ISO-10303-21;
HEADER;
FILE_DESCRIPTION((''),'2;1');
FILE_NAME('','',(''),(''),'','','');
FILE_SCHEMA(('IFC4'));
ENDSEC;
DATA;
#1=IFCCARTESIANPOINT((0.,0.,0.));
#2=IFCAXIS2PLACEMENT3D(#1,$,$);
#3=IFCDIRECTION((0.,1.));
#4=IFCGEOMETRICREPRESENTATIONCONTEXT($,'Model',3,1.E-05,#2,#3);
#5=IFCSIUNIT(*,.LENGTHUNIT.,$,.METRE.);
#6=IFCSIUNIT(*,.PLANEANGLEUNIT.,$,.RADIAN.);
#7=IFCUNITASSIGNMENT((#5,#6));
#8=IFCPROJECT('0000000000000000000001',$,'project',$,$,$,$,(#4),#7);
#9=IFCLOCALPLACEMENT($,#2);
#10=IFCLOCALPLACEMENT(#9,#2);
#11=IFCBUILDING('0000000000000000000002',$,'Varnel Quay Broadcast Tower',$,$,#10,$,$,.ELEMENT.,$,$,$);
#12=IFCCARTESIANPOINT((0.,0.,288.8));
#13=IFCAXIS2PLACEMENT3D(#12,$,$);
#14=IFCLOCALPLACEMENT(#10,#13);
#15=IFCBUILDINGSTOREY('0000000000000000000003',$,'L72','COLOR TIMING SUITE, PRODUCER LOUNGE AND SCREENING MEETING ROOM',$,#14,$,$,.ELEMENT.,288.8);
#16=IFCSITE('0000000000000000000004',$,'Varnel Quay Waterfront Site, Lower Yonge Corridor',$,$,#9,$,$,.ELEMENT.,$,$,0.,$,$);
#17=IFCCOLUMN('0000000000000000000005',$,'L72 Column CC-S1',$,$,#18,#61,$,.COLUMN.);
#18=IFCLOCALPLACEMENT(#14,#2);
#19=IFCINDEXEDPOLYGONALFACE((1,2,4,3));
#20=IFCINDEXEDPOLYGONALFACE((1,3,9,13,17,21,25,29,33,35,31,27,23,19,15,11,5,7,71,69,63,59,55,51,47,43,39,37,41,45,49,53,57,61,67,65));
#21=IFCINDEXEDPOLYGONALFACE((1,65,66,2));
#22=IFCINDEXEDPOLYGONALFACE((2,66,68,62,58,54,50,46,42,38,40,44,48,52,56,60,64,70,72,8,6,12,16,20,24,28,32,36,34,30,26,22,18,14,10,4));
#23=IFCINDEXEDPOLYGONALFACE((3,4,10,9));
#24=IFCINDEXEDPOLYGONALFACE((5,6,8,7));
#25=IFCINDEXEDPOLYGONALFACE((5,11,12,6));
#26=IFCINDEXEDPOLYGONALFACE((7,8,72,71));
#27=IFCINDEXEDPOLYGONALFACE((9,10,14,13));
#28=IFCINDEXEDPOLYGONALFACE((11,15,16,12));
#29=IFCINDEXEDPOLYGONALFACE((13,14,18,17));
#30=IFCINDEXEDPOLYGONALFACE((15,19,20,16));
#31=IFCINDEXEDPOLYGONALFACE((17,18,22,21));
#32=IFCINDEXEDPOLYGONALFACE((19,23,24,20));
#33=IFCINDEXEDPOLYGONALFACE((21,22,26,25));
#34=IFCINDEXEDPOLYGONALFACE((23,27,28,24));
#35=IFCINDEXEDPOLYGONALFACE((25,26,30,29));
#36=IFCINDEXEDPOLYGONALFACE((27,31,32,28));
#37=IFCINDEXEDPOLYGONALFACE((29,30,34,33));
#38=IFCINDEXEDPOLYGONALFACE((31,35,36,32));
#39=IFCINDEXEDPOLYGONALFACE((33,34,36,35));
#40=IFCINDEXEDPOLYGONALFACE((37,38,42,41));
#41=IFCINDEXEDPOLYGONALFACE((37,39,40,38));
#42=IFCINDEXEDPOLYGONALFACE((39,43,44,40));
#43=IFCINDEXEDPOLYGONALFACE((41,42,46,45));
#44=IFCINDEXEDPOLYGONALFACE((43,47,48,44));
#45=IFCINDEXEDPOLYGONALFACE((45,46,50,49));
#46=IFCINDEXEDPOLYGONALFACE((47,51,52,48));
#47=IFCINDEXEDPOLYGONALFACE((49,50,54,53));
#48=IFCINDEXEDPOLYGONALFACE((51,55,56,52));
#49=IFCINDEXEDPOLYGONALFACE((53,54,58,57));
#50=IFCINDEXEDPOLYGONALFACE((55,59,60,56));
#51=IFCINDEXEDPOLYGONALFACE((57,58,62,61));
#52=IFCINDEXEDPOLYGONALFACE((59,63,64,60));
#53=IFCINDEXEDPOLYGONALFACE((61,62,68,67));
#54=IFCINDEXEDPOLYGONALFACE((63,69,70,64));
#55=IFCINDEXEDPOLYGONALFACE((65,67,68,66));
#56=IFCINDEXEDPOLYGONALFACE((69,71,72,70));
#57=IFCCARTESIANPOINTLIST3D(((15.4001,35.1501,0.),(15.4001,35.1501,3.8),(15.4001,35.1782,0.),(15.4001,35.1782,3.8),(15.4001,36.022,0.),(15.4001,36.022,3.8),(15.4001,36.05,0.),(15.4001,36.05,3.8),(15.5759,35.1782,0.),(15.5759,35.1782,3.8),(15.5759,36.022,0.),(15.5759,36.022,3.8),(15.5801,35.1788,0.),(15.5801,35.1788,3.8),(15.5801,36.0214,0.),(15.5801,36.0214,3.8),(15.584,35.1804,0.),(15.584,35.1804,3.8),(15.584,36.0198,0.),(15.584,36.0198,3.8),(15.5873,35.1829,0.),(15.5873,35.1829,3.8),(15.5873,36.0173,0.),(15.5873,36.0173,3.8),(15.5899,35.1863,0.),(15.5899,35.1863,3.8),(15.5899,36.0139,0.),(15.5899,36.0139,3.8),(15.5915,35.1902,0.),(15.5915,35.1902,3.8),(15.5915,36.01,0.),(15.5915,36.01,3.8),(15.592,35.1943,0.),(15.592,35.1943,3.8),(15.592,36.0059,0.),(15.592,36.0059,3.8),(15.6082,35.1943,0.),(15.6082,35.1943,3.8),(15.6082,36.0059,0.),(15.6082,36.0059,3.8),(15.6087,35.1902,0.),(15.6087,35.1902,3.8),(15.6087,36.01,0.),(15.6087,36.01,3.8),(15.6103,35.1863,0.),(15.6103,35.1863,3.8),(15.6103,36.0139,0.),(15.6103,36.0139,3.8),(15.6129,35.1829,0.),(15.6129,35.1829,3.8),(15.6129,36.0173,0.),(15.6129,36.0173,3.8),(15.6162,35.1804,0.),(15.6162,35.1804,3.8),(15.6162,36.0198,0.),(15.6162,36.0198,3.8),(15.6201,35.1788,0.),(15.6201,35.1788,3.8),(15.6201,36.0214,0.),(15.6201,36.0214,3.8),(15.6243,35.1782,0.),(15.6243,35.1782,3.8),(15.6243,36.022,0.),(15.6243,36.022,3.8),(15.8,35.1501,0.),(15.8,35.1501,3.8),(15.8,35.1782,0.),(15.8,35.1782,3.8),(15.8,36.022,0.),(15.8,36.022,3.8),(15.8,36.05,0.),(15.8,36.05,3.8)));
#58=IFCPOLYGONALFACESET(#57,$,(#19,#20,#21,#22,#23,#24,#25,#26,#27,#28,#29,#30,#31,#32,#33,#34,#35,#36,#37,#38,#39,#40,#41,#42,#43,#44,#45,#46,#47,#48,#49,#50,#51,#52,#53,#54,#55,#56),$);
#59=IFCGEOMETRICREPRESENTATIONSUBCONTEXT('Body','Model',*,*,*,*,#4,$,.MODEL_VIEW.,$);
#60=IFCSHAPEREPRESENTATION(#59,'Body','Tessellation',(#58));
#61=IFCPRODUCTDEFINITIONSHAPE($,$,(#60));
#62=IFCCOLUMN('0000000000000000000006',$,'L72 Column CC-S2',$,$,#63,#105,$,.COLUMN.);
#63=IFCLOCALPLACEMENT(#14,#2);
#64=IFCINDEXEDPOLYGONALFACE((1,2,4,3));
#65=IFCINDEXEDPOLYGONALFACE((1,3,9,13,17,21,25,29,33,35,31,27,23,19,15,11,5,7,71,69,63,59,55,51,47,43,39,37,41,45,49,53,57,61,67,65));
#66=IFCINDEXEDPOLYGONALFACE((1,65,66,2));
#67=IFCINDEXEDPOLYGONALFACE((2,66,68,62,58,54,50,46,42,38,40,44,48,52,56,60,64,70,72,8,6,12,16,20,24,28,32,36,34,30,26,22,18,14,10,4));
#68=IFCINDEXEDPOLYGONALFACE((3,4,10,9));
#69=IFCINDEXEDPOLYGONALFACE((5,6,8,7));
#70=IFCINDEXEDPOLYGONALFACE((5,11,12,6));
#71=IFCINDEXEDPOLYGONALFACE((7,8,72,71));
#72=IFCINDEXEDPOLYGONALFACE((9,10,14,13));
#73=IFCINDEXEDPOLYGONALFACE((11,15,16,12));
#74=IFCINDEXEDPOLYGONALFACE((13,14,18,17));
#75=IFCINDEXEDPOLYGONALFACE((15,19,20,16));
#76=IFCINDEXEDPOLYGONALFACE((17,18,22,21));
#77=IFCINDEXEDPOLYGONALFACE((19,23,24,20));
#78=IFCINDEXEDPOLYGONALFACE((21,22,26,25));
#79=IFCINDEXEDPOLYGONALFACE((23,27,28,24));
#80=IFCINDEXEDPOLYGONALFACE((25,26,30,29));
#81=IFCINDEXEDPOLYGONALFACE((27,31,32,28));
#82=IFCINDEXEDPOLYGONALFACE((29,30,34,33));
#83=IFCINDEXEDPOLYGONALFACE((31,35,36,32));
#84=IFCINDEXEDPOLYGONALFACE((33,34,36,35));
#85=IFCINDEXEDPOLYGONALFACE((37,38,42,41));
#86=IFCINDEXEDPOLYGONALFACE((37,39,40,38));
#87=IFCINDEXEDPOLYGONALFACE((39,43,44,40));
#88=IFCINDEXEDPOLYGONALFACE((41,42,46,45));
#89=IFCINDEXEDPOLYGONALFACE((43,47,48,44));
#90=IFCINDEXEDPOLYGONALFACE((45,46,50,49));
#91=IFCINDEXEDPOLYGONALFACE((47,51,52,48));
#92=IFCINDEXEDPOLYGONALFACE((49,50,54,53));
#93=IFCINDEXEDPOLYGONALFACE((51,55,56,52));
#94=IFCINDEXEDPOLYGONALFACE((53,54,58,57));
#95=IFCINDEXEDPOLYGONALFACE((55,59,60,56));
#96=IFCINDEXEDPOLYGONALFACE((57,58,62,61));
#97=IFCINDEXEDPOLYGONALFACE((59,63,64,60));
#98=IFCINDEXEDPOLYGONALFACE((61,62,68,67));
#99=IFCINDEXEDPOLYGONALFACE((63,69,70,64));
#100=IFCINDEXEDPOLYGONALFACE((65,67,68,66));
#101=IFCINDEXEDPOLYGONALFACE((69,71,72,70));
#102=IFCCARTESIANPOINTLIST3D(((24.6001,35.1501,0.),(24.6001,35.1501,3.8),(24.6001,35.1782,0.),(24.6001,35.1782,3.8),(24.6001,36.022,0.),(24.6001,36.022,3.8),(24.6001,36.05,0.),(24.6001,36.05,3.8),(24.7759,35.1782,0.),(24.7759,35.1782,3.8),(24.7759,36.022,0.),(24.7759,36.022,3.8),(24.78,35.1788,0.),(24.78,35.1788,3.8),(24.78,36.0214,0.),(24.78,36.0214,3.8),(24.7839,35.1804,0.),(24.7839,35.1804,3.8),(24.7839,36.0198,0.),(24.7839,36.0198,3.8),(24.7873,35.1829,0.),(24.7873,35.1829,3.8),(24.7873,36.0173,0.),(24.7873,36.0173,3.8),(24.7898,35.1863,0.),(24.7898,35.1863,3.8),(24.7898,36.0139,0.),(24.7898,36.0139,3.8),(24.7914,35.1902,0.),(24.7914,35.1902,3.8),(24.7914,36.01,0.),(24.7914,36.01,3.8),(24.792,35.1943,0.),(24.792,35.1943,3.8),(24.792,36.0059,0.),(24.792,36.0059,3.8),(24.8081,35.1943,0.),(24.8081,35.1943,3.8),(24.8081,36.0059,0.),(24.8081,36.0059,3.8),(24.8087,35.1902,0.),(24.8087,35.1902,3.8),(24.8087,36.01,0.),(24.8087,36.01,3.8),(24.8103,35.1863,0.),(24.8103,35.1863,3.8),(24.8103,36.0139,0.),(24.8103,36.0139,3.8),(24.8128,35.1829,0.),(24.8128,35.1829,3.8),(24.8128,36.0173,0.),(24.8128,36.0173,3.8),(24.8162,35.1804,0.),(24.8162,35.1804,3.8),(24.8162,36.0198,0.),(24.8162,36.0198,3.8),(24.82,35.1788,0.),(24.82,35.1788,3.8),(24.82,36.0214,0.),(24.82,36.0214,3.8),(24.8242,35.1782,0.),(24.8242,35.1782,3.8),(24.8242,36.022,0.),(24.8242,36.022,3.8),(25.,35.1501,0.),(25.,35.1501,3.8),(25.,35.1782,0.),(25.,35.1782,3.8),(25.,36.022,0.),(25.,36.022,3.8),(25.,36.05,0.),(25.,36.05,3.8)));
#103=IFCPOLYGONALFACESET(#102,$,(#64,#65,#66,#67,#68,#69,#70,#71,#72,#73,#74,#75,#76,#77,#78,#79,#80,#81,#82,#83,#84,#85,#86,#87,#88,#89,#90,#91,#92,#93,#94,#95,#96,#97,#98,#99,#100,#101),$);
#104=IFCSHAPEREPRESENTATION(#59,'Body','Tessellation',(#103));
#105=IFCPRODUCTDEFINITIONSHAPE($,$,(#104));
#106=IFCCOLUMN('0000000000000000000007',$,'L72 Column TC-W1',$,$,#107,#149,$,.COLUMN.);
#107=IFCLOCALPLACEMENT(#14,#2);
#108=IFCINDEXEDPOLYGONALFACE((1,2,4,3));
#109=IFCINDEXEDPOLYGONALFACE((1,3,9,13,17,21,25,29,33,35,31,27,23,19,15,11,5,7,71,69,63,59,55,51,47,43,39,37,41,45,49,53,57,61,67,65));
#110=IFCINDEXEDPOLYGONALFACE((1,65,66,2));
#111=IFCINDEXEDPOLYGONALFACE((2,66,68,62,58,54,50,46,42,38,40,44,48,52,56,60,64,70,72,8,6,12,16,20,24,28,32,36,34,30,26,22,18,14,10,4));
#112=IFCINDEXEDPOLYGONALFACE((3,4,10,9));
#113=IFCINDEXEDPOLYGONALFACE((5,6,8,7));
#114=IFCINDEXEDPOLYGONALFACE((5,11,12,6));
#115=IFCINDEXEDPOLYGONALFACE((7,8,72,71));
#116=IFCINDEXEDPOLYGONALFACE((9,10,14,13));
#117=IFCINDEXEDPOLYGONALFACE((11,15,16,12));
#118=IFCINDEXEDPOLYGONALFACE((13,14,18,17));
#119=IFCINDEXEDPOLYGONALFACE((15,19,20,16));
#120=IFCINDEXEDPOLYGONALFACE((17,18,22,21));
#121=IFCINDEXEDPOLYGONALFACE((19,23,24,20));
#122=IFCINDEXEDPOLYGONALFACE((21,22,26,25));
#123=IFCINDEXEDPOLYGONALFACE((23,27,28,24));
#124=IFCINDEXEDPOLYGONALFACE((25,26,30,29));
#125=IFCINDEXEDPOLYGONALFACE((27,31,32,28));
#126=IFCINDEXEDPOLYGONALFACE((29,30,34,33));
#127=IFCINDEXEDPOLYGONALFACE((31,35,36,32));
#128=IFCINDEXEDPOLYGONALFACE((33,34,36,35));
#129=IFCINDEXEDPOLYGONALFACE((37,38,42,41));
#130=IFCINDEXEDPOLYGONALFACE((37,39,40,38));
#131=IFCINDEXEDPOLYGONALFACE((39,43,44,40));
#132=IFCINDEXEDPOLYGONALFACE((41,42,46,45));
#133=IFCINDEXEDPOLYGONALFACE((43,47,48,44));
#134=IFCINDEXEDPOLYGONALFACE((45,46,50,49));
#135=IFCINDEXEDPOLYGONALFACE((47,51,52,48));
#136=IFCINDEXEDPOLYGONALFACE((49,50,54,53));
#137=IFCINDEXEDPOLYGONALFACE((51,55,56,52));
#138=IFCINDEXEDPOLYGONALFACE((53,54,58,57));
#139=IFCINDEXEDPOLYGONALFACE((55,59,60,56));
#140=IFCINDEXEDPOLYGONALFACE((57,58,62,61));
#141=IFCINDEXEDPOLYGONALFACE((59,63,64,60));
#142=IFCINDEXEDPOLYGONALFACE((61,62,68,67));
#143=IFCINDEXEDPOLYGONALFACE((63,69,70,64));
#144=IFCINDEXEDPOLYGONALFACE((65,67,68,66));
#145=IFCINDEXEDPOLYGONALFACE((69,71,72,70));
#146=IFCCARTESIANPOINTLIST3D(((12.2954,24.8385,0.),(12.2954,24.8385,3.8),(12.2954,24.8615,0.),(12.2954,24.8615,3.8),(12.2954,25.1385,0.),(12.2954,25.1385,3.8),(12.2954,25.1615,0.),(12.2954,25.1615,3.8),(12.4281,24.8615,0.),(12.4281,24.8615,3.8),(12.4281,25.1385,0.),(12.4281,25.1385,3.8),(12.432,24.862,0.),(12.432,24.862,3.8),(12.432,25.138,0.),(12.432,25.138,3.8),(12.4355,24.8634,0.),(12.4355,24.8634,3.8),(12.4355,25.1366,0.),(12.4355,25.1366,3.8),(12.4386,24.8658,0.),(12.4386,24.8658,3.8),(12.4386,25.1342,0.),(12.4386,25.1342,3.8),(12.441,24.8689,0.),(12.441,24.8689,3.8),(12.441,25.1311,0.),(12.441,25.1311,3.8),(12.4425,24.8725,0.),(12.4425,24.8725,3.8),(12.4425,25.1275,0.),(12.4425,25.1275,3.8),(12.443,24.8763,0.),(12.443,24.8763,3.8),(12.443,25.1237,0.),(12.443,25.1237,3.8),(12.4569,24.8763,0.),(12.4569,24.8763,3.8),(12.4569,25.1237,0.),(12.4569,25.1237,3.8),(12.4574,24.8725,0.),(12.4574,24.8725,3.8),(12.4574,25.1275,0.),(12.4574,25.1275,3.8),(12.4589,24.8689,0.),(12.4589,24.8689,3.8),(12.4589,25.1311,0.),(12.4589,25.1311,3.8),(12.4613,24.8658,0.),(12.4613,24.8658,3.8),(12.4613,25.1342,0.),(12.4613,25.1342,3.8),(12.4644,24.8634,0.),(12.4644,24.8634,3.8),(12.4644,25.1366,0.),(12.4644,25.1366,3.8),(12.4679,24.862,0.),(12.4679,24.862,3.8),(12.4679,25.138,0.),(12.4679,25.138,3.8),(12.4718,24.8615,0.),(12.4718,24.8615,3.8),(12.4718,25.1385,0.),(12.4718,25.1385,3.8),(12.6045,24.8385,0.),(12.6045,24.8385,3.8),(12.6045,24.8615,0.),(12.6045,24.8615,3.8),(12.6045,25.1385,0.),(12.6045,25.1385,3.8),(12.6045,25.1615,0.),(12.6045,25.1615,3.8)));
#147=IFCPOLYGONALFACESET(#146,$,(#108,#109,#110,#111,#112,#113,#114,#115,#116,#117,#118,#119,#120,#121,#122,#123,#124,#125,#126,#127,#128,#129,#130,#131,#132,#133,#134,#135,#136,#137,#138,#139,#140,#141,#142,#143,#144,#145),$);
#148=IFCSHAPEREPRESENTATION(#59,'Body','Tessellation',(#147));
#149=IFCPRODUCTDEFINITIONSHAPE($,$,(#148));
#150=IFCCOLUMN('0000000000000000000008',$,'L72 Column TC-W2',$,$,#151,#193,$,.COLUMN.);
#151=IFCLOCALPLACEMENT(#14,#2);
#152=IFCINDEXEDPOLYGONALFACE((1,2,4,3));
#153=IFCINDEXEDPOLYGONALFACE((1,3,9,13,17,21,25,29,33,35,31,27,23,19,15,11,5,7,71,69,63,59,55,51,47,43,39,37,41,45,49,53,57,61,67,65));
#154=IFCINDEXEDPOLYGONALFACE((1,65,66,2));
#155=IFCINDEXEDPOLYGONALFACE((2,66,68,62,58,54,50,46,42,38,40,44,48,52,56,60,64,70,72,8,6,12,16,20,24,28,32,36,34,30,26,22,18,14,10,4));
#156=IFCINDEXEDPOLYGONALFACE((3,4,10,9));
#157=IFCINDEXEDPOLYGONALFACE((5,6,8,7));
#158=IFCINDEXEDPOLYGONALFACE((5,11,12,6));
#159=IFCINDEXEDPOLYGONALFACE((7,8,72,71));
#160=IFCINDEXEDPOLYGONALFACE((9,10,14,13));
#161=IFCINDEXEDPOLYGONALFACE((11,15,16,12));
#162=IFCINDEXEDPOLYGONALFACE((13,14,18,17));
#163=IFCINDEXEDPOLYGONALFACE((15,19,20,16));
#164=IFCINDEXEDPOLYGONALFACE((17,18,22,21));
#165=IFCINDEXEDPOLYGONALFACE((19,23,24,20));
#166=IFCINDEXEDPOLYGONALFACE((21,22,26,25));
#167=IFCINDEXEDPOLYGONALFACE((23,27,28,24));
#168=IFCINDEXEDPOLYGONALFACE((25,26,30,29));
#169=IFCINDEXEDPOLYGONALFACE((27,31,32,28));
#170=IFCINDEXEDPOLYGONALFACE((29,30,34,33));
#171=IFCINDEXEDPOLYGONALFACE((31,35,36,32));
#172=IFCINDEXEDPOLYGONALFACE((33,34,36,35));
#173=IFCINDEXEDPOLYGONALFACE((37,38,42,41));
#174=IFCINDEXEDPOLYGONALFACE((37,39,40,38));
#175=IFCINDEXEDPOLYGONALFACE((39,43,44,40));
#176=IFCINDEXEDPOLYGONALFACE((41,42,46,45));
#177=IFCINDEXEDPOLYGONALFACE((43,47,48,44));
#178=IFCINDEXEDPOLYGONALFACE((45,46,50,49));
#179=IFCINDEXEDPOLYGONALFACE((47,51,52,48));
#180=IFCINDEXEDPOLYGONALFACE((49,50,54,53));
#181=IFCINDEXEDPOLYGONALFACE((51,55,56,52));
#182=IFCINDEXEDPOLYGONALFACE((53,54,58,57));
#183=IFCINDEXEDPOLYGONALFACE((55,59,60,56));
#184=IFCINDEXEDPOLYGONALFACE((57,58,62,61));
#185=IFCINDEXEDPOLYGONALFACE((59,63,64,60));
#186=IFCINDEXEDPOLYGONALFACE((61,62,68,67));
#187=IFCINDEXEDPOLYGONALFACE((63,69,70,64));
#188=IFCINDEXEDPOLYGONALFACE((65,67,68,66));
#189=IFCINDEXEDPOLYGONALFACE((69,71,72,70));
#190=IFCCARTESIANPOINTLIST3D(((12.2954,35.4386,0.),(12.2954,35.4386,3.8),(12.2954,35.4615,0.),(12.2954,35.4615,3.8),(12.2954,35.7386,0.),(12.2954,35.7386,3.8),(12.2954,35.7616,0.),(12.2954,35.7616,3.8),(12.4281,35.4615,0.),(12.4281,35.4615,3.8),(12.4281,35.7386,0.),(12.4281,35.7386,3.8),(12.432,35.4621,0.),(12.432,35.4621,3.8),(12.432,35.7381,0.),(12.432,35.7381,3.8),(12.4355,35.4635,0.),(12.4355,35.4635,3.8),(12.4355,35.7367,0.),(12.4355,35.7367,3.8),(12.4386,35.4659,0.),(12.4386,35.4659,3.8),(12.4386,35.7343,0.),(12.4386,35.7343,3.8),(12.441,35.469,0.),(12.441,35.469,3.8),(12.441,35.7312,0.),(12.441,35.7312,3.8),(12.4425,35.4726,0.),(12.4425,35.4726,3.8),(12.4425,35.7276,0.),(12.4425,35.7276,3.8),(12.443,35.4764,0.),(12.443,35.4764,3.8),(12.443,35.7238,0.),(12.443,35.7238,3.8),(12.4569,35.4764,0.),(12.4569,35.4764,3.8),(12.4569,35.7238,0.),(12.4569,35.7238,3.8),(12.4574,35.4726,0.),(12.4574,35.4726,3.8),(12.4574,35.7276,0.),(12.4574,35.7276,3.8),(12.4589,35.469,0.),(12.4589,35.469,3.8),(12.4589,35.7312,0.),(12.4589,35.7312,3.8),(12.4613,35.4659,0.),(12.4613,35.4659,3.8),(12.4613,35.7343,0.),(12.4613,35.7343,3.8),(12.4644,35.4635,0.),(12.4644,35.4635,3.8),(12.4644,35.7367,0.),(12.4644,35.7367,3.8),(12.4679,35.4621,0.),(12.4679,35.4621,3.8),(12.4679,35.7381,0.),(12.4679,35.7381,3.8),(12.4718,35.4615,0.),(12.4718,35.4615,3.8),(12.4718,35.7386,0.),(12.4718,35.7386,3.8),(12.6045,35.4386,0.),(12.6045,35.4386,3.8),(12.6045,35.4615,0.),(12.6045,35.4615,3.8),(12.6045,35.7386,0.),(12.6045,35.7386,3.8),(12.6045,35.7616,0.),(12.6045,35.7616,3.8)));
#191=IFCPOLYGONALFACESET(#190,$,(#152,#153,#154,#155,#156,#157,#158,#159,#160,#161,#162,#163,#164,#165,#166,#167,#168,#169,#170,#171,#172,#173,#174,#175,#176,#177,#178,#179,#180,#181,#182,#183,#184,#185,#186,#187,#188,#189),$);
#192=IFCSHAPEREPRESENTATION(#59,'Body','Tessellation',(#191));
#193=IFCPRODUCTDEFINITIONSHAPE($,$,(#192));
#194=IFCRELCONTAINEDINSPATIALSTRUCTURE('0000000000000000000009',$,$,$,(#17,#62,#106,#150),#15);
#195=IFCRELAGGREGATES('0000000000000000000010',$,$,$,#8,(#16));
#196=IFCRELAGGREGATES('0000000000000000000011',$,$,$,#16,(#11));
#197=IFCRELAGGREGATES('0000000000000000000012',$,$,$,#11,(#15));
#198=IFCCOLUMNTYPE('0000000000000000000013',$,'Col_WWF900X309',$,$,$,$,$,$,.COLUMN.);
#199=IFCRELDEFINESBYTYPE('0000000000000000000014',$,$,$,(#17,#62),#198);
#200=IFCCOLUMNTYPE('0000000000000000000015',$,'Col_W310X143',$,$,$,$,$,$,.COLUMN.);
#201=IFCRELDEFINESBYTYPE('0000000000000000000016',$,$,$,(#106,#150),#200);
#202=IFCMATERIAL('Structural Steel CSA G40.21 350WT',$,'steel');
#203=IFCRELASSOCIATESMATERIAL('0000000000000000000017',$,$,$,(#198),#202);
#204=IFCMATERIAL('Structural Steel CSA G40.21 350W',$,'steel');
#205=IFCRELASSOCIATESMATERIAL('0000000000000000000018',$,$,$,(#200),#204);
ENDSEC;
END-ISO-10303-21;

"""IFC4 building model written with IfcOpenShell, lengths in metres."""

from ifc_helpers import new_model, si_unit, direction, frame, origin, origin_2d, place, context, subcontext, project, spatial, i_section, extrude, source, transform, mapped, material, material_profile, profile_set, type_object, type_shapes, element, save


model = new_model("IFC4")

# Units and contexts
model_context = context("Model", 3, precision=1e-05, world=origin(), true_north=direction((0.0, 1.0)))
body_context = subcontext(model_context, "Body", "Model", "MODEL_VIEW")
ifc_project = project(units=[si_unit("LENGTHUNIT", "METRE"), si_unit("PLANEANGLEUNIT", "RADIAN")], contexts=[model_context])

# Site, building, storey
site_placement = place(None, origin())
site = spatial("IfcSite", under=ifc_project, at=site_placement, Name="Varnel Quay Waterfront Site, Lower Yonge Corridor", CompositionType="ELEMENT", RefElevation=0.0)
building_placement = place(site_placement, origin())
building = spatial("IfcBuilding", under=site, at=building_placement, Name="Varnel Quay Broadcast Tower", CompositionType="ELEMENT")
storey_placement = place(building_placement, frame((0.0, 0.0, 288.8)))
storey = spatial("IfcBuildingStorey", under=building, at=storey_placement, Name="L72", Description="COLOR TIMING SUITE, PRODUCER LOUNGE AND SCREENING MEETING ROOM", CompositionType="ELEMENT", Elevation=288.8)

# Columns
ifc_material_1 = material(Name="Structural Steel CSA G40.21 350WT", Category="steel")
ifc_material_profile_1 = material_profile(ifc_material_1, i_section(OverallWidth=0.3999, OverallDepth=0.8999, WebThickness=0.0161, FlangeThickness=0.0281, FilletRadius=0.0161, at=origin_2d()), Name="WWF900X309")
ifc_profile_set_1 = profile_set([ifc_material_profile_1], Name="Structural Steel CSA G40.21 350WT")
column_type_1 = type_object("IfcColumnType", Name="Col_WWF900X309", PredefinedType="COLUMN", material=ifc_profile_set_1)
shared_shape_1 = source(origin(), body_context, "Body", "SweptSolid", [
    extrude(i_section(OverallWidth=0.3999, OverallDepth=0.8999, WebThickness=0.0161, FlangeThickness=0.0281, FilletRadius=0.0161, at=origin_2d()), origin(), (0.0, 0.0, 1.0), 3.8),
])
type_shapes(column_type_1, [shared_shape_1])
for number, where, z_axis, x_axis, name in (
    (1, (15.6001, 35.6001, 0.0), (0.0, 0.0, 1.0), (1.0, 0.0, 0.0), "L72 Column CC-S1"),
    (2, (24.8, 35.6001, 0.0), (0.0, 0.0, 1.0), (1.0, 0.0, 0.0), "L72 Column CC-S2"),
):
    element("IfcColumn", number, at=place(storey_placement, frame(where, z_axis=z_axis, x_axis=x_axis)), inside=storey, type_object=column_type_1, Name=name, PredefinedType="COLUMN", context=body_context, shape_type="MappedRepresentation", body=[
        mapped(shared_shape_1, transform((0.0, 0.0, 0.0), x_axis=(1.0, 0.0, 0.0), y_axis=(0.0, 1.0, 0.0), z_axis=(0.0, 0.0, 1.0), scale=1.0)),
    ])
ifc_material_2 = material(Name="Structural Steel CSA G40.21 350W", Category="steel")
ifc_material_profile_2 = material_profile(ifc_material_2, i_section(OverallWidth=0.3091, OverallDepth=0.323, WebThickness=0.0139, FlangeThickness=0.0229, FilletRadius=0.0149, at=origin_2d()), Name="W310X143")
ifc_profile_set_2 = profile_set([ifc_material_profile_2], Name="Structural Steel CSA G40.21 350W")
column_type_2 = type_object("IfcColumnType", Name="Col_W310X143", PredefinedType="COLUMN", material=ifc_profile_set_2)
shared_shape_2 = source(origin(), body_context, "Body", "SweptSolid", [
    extrude(i_section(OverallWidth=0.3091, OverallDepth=0.323, WebThickness=0.0139, FlangeThickness=0.0229, FilletRadius=0.0149, at=origin_2d()), origin(), (0.0, 0.0, 1.0), 3.8),
])
type_shapes(column_type_2, [shared_shape_2])
for number, where, z_axis, x_axis, name in (
    (3, (12.45, 25.0, 0.0), (0.0, 0.0, 1.0), (1.0, 0.0, 0.0), "L72 Column TC-W1"),
    (4, (12.45, 35.6001, 0.0), (0.0, 0.0, 1.0), (1.0, 0.0, 0.0), "L72 Column TC-W2"),
):
    element("IfcColumn", number, at=place(storey_placement, frame(where, z_axis=z_axis, x_axis=x_axis)), inside=storey, type_object=column_type_2, Name=name, PredefinedType="COLUMN", context=body_context, shape_type="MappedRepresentation", body=[
        mapped(shared_shape_2, transform((0.0, 0.0, 0.0), x_axis=(1.0, 0.0, 0.0), y_axis=(0.0, 1.0, 0.0), z_axis=(0.0, 0.0, 1.0), scale=1.0)),
    ])

save(model, "model.ifc")
